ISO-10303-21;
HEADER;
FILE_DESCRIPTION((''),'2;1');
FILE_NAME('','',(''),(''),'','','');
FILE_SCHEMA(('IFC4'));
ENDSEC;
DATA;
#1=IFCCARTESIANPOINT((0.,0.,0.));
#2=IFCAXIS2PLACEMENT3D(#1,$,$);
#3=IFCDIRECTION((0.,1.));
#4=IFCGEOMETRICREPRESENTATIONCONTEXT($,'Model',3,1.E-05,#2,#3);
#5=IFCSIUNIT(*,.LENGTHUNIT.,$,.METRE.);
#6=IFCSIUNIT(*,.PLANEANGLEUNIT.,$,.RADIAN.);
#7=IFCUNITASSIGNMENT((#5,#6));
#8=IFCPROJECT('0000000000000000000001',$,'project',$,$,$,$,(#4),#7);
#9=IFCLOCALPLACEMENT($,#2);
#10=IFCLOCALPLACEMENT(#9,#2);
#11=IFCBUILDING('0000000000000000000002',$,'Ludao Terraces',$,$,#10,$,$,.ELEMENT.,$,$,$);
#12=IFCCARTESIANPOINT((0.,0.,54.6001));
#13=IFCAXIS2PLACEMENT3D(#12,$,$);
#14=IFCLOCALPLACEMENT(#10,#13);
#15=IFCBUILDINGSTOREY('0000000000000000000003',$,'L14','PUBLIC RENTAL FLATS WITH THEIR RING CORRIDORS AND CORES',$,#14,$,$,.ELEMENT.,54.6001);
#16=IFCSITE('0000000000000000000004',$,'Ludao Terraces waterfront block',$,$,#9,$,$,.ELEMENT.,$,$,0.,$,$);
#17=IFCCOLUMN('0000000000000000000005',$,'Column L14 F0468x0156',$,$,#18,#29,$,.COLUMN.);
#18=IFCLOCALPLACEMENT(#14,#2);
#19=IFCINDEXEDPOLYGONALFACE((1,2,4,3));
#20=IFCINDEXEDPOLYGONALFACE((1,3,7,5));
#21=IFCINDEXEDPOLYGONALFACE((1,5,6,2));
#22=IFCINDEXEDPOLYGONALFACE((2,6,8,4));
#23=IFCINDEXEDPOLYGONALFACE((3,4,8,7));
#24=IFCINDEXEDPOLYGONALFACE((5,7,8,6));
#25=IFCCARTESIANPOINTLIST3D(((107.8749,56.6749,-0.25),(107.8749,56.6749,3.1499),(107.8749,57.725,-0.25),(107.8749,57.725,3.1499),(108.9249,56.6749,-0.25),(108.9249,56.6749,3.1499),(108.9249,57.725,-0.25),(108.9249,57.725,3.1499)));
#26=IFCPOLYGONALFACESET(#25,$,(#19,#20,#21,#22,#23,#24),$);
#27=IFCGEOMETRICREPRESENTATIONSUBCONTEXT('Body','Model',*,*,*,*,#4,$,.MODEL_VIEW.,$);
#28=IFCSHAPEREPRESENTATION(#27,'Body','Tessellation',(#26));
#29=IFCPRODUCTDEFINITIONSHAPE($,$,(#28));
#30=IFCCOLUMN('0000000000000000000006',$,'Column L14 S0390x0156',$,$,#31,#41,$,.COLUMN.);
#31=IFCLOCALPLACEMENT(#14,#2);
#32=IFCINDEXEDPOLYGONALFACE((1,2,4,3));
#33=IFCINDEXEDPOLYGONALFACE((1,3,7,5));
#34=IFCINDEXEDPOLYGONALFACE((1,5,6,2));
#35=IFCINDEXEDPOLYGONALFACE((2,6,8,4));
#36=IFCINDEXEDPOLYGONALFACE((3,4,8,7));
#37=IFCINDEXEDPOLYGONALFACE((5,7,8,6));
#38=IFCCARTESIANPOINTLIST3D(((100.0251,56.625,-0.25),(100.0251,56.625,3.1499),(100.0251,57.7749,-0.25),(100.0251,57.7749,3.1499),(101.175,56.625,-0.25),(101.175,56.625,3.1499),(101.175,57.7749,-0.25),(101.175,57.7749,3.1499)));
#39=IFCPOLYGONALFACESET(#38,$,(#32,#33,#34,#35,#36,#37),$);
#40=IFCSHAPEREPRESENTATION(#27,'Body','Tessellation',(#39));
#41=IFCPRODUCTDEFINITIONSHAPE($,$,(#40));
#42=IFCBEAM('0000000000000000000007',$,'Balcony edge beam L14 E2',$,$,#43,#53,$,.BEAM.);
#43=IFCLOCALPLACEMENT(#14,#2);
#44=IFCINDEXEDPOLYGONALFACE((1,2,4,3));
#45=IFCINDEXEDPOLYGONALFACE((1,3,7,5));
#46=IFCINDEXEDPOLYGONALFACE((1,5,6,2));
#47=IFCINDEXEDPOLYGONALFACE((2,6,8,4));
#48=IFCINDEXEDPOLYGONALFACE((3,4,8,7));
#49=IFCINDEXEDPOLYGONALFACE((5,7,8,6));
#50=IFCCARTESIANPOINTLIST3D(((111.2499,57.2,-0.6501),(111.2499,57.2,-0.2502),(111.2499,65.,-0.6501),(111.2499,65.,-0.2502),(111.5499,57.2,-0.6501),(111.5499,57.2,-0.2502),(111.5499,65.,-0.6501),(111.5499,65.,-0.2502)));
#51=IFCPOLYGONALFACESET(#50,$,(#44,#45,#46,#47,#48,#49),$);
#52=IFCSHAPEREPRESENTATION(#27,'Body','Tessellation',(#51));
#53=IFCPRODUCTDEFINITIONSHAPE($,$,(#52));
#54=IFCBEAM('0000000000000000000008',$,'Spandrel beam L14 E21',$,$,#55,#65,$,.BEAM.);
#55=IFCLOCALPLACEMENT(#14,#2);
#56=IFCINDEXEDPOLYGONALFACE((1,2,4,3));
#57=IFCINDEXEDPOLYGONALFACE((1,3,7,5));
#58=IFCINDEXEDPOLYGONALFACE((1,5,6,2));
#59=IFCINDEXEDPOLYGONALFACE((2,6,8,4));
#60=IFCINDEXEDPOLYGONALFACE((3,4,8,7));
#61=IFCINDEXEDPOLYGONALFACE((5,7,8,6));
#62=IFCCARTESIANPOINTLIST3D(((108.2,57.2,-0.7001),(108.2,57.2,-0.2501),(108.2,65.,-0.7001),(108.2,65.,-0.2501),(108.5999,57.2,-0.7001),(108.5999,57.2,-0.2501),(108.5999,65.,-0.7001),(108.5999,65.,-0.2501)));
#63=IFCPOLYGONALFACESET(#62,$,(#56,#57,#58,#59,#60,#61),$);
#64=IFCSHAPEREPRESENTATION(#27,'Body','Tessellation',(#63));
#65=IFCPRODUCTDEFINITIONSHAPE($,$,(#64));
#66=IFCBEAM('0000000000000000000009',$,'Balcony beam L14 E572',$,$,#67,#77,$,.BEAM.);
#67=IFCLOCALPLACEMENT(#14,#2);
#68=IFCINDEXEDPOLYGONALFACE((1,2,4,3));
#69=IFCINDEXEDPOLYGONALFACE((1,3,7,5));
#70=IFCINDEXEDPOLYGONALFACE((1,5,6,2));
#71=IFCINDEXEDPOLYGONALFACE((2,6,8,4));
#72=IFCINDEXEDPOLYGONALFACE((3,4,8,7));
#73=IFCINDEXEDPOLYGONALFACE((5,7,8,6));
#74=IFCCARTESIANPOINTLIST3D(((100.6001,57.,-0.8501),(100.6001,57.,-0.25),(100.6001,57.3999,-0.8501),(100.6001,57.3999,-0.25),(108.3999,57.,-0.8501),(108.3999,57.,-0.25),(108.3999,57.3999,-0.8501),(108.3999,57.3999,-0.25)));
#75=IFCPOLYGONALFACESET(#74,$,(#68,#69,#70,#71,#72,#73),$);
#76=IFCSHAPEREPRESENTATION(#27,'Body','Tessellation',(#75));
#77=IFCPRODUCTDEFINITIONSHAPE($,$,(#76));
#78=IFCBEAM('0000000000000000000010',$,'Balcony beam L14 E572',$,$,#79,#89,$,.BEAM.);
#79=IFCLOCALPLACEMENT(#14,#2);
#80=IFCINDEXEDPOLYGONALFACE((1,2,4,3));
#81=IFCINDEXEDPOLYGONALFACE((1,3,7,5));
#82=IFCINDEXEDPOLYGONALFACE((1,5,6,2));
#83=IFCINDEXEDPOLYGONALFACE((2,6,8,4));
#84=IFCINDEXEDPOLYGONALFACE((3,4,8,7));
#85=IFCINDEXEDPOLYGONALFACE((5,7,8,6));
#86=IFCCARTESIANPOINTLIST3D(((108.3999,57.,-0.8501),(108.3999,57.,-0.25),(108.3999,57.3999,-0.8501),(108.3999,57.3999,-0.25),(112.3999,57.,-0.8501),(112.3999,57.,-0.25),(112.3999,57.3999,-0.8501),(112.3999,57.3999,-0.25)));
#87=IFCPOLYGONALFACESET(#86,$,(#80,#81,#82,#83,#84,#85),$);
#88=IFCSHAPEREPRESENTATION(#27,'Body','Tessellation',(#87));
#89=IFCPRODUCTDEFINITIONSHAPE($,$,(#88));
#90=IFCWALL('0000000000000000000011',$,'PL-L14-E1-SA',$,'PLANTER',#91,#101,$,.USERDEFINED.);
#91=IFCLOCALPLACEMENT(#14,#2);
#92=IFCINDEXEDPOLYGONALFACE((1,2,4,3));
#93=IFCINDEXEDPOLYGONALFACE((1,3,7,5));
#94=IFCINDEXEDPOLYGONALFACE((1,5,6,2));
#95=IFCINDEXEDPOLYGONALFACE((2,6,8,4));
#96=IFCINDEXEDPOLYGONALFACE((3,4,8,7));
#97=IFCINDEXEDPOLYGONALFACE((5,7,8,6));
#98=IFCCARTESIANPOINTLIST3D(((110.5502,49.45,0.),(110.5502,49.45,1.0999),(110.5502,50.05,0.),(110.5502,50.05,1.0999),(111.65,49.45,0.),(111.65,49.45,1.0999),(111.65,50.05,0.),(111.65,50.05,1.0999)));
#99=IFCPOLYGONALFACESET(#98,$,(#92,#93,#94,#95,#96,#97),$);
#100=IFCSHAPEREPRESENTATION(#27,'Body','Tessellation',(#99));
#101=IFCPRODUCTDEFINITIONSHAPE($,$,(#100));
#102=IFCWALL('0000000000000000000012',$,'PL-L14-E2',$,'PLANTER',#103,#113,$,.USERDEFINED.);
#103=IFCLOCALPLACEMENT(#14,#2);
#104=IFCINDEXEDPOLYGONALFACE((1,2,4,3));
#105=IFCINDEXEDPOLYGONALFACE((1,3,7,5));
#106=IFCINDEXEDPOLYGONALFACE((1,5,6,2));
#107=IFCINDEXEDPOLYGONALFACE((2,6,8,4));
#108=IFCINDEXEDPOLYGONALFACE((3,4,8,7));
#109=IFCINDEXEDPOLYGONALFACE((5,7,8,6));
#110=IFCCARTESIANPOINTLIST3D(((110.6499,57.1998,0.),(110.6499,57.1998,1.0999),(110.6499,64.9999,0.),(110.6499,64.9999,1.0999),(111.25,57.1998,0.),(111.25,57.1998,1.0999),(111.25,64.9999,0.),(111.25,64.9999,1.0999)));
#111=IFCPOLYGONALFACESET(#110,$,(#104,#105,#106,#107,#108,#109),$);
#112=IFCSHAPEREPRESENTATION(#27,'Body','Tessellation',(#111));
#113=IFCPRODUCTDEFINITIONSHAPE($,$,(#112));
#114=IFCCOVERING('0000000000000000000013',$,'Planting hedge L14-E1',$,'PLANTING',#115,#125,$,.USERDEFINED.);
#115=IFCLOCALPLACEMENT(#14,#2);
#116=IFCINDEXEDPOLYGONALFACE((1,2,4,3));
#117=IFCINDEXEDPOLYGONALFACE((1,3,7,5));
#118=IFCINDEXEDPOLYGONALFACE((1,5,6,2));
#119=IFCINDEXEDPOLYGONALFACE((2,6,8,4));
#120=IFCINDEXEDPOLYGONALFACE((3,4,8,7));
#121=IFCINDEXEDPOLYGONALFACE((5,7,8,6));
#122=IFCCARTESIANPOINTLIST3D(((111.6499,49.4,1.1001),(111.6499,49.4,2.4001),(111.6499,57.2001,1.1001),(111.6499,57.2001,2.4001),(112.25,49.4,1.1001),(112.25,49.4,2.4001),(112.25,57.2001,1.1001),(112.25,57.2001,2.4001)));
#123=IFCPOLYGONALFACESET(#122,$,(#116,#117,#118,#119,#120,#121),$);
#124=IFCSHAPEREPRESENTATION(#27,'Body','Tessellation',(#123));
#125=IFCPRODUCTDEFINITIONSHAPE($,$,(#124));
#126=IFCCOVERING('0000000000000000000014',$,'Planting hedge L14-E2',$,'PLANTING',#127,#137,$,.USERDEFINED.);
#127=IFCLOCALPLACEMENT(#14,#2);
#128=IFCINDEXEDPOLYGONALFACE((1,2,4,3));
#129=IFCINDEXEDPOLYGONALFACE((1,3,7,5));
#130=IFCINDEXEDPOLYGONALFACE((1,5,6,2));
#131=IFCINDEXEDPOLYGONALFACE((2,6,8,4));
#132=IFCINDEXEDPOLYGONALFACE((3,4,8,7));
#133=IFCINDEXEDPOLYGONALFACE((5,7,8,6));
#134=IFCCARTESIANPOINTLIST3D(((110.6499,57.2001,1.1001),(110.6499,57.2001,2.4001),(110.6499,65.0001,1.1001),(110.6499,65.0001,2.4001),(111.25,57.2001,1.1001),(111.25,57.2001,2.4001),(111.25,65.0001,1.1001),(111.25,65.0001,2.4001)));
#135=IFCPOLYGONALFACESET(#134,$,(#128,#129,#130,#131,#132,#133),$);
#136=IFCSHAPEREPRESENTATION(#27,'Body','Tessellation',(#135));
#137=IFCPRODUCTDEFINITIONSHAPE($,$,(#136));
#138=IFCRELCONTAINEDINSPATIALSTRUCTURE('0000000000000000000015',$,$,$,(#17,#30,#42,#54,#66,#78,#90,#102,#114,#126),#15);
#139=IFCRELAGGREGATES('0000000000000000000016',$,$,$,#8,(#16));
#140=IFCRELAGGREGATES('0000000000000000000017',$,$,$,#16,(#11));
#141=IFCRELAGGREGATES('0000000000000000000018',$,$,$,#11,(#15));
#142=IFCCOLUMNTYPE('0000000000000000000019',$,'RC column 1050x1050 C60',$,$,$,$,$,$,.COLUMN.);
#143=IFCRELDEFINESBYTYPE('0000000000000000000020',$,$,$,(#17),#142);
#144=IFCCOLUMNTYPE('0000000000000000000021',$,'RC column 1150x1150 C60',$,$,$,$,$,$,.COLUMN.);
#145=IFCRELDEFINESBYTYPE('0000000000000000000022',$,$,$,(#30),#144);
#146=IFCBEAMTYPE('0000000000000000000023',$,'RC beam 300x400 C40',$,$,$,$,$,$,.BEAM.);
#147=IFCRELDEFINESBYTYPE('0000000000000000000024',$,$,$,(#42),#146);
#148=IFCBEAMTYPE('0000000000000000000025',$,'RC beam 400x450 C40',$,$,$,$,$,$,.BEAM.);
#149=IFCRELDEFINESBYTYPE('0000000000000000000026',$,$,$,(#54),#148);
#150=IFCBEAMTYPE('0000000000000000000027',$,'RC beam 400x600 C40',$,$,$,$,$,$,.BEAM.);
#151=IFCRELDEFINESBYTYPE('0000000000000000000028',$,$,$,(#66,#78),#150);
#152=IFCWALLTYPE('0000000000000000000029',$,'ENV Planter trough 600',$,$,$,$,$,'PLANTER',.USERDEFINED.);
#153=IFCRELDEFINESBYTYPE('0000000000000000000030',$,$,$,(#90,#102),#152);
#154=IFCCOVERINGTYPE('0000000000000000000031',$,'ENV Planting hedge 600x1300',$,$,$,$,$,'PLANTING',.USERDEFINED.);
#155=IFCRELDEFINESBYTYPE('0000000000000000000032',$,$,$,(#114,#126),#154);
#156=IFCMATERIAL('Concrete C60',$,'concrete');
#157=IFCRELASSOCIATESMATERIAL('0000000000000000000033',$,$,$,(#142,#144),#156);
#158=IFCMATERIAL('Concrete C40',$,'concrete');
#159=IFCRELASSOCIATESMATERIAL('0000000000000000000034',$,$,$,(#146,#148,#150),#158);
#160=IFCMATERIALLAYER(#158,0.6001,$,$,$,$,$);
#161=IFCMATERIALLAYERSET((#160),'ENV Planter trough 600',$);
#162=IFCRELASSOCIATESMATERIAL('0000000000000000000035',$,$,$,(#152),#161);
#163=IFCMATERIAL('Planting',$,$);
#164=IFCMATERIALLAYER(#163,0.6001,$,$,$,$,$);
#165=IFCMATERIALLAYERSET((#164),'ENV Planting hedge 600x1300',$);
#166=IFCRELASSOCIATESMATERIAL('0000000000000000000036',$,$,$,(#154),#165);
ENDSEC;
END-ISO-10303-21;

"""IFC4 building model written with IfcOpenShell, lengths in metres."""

from ifc_helpers import new_model, si_unit, direction, frame, frame_2d, origin, origin_2d, place, context, subcontext, project, spatial, rectangle, extrude, material, layer, layer_set, material_profile, profile_set, type_object, element, save


model = new_model("IFC4")

# Units and contexts
model_context = context("Model", 3, precision=1e-05, world=origin(), true_north=direction((0.0, 1.0)))
body_context = subcontext(model_context, "Body", "Model", "MODEL_VIEW")
ifc_project = project(units=[si_unit("LENGTHUNIT", "METRE"), si_unit("PLANEANGLEUNIT", "RADIAN")], contexts=[model_context])

# Site, building, storey
site_placement = place(None, origin())
site = spatial("IfcSite", under=ifc_project, at=site_placement, Name="Ludao Terraces waterfront block", CompositionType="ELEMENT", RefElevation=0.0)
building_placement = place(site_placement, origin())
building = spatial("IfcBuilding", under=site, at=building_placement, Name="Ludao Terraces", CompositionType="ELEMENT")
storey_placement = place(building_placement, frame((0.0, 0.0, 54.6001)))
storey = spatial("IfcBuildingStorey", under=building, at=storey_placement, Name="L14", Description="PUBLIC RENTAL FLATS WITH THEIR RING CORRIDORS AND CORES", CompositionType="ELEMENT", Elevation=54.6001)

# Columns
ifc_material_1 = material(Name="Concrete C60", Category="concrete")
ifc_material_profile_1 = material_profile(ifc_material_1, rectangle(XDim=1.05, YDim=1.05, at=origin_2d()), Name="1050 X 1050")
ifc_profile_set_1 = profile_set([ifc_material_profile_1], Name="Concrete C60")
column_type_1 = type_object("IfcColumnType", Name="RC column 1050x1050 C60", PredefinedType="COLUMN", material=ifc_profile_set_1)
column_1_placement = place(storey_placement, frame((108.3999, 57.2, -0.25), z_axis=(0.0, 0.0, 1.0), x_axis=(1.0, 0.0, 0.0)))
element("IfcColumn", 1, at=column_1_placement, inside=storey, type_object=column_type_1, Name="Column L14 F0468x0156", PredefinedType="COLUMN", context=body_context, shape_type="SweptSolid", body=[
    extrude(rectangle(XDim=1.05, YDim=1.05, at=origin_2d()), origin(), (0.0, 0.0, 1.0), 3.3999),
])
ifc_material_profile_2 = material_profile(ifc_material_1, rectangle(XDim=1.1499, YDim=1.1499, at=origin_2d()), Name="1150 X 1150")
ifc_profile_set_2 = profile_set([ifc_material_profile_2], Name="Concrete C60")
column_type_2 = type_object("IfcColumnType", Name="RC column 1150x1150 C60", PredefinedType="COLUMN", material=ifc_profile_set_2)
column_2_placement = place(storey_placement, frame((100.6001, 57.2, -0.25), z_axis=(0.0, 0.0, 1.0), x_axis=(1.0, 0.0, 0.0)))
element("IfcColumn", 2, at=column_2_placement, inside=storey, type_object=column_type_2, Name="Column L14 S0390x0156", PredefinedType="COLUMN", context=body_context, shape_type="SweptSolid", body=[
    extrude(rectangle(XDim=1.1499, YDim=1.1499, at=origin_2d()), origin(), (0.0, 0.0, 1.0), 3.3999),
])

# Beams
ifc_material_2 = material(Name="Concrete C40", Category="concrete")
ifc_material_profile_3 = material_profile(ifc_material_2, rectangle(XDim=0.3, YDim=0.3999, at=origin_2d()), Name="300 X 400")
ifc_profile_set_3 = profile_set([ifc_material_profile_3], Name="Concrete C40")
beam_type_1 = type_object("IfcBeamType", Name="RC beam 300x400 C40", PredefinedType="BEAM", material=ifc_profile_set_3)
beam_1_placement = place(storey_placement, frame((111.3999, 57.2, -0.4502), z_axis=(0.0, 1.0, 0.0), x_axis=(-1.0, 0.0, 0.0)))
element("IfcBeam", 3, at=beam_1_placement, inside=storey, type_object=beam_type_1, Name="Balcony edge beam L14 E2", PredefinedType="BEAM", context=body_context, shape_type="SweptSolid", body=[
    extrude(rectangle(XDim=0.3, YDim=0.3999, at=origin_2d()), origin(), (0.0, 0.0, 1.0), 7.8),
])
ifc_material_profile_4 = material_profile(ifc_material_2, rectangle(XDim=0.3999, YDim=0.45, at=origin_2d()), Name="400 X 450")
ifc_profile_set_4 = profile_set([ifc_material_profile_4], Name="Concrete C40")
beam_type_2 = type_object("IfcBeamType", Name="RC beam 400x450 C40", PredefinedType="BEAM", material=ifc_profile_set_4)
beam_2_placement = place(storey_placement, frame((108.3999, 57.2, -0.4751), z_axis=(0.0, 1.0, 0.0), x_axis=(-1.0, 0.0, 0.0)))
element("IfcBeam", 4, at=beam_2_placement, inside=storey, type_object=beam_type_2, Name="Spandrel beam L14 E21", PredefinedType="BEAM", context=body_context, shape_type="SweptSolid", body=[
    extrude(rectangle(XDim=0.3999, YDim=0.45, at=origin_2d()), origin(), (0.0, 0.0, 1.0), 7.8),
])
ifc_material_profile_5 = material_profile(ifc_material_2, rectangle(XDim=0.3999, YDim=0.6001, at=origin_2d()), Name="400 X 600")
ifc_profile_set_5 = profile_set([ifc_material_profile_5], Name="Concrete C40")
beam_type_3 = type_object("IfcBeamType", Name="RC beam 400x600 C40", PredefinedType="BEAM", material=ifc_profile_set_5)
beam_3_placement = place(storey_placement, frame((100.6001, 57.2, -0.55), z_axis=(1.0, 0.0, 0.0), x_axis=(0.0, 1.0, 0.0)))
element("IfcBeam", 5, at=beam_3_placement, inside=storey, type_object=beam_type_3, Name="Balcony beam L14 E572", PredefinedType="BEAM", context=body_context, shape_type="SweptSolid", body=[
    extrude(rectangle(XDim=0.3999, YDim=0.6001, at=origin_2d()), origin(), (0.0, 0.0, 1.0), 7.7998),
])
beam_4_placement = place(storey_placement, frame((108.3999, 57.2, -0.55), z_axis=(1.0, 0.0, 0.0), x_axis=(0.0, 1.0, 0.0)))
element("IfcBeam", 6, at=beam_4_placement, inside=storey, type_object=beam_type_3, Name="Balcony beam L14 E572", PredefinedType="BEAM", context=body_context, shape_type="SweptSolid", body=[
    extrude(rectangle(XDim=0.3999, YDim=0.6001, at=origin_2d()), origin(), (0.0, 0.0, 1.0), 4.0),
])

# Walls
ifc_layer_1 = layer(ifc_material_2, 0.6001)
ifc_layer_set_1 = layer_set([ifc_layer_1], Name="ENV Planter trough 600")
wall_type_1 = type_object("IfcWallType", Name="ENV Planter trough 600", ElementType="PLANTER", PredefinedType="USERDEFINED", material=ifc_layer_set_1)
wall_1_placement = place(storey_placement, frame((111.6499, 49.75, 0.0), z_axis=(0.0, 0.0, 1.0), x_axis=(-1.0, 0.0, 0.0)))
element("IfcWall", 7, at=wall_1_placement, inside=storey, type_object=wall_type_1, Name="PL-L14-E1-SA", ObjectType="PLANTER", PredefinedType="USERDEFINED", context=body_context, shape_type="SweptSolid", body=[
    extrude(rectangle(XDim=1.0999, YDim=0.6001, at=frame_2d((0.5498, 0.0))), origin(), (0.0, 0.0, 1.0), 1.0999),
])
wall_2_placement = place(storey_placement, frame((110.95, 57.2, 0.0), z_axis=(0.0, 0.0, 1.0), x_axis=(0.0, 1.0, 0.0)))
element("IfcWall", 8, at=wall_2_placement, inside=storey, type_object=wall_type_1, Name="PL-L14-E2", ObjectType="PLANTER", PredefinedType="USERDEFINED", context=body_context, shape_type="SweptSolid", body=[
    extrude(rectangle(XDim=7.8, YDim=0.6001, at=frame_2d((3.8999, 0.0))), origin(), (0.0, 0.0, 1.0), 1.0999),
])

# Coverings
ifc_material_3 = material(Name="Planting")
ifc_layer_2 = layer(ifc_material_3, 0.6001)
ifc_layer_set_2 = layer_set([ifc_layer_2], Name="ENV Planting hedge 600x1300")
covering_type = type_object("IfcCoveringType", Name="ENV Planting hedge 600x1300", ElementType="PLANTING", PredefinedType="USERDEFINED", material=ifc_layer_set_2)
for number, where, z_axis, x_axis, name in (
    (9, (111.95, 53.3, 1.1001), (0.0, 0.0, 1.0), (1.0, 0.0, 0.0), "Planting hedge L14-E1"),
    (10, (110.95, 61.1001, 1.1001), (0.0, 0.0, 1.0), (1.0, 0.0, 0.0), "Planting hedge L14-E2"),
):
    element("IfcCovering", number, at=place(storey_placement, frame(where, z_axis=z_axis, x_axis=x_axis)), inside=storey, type_object=covering_type, Name=name, ObjectType="PLANTING", PredefinedType="USERDEFINED", context=body_context, shape_type="SweptSolid", body=[
        extrude(rectangle(XDim=0.6001, YDim=7.8, at=origin_2d()), origin(), (0.0, 0.0, 1.0), 1.3),
    ])

save(model, "model.ifc")
